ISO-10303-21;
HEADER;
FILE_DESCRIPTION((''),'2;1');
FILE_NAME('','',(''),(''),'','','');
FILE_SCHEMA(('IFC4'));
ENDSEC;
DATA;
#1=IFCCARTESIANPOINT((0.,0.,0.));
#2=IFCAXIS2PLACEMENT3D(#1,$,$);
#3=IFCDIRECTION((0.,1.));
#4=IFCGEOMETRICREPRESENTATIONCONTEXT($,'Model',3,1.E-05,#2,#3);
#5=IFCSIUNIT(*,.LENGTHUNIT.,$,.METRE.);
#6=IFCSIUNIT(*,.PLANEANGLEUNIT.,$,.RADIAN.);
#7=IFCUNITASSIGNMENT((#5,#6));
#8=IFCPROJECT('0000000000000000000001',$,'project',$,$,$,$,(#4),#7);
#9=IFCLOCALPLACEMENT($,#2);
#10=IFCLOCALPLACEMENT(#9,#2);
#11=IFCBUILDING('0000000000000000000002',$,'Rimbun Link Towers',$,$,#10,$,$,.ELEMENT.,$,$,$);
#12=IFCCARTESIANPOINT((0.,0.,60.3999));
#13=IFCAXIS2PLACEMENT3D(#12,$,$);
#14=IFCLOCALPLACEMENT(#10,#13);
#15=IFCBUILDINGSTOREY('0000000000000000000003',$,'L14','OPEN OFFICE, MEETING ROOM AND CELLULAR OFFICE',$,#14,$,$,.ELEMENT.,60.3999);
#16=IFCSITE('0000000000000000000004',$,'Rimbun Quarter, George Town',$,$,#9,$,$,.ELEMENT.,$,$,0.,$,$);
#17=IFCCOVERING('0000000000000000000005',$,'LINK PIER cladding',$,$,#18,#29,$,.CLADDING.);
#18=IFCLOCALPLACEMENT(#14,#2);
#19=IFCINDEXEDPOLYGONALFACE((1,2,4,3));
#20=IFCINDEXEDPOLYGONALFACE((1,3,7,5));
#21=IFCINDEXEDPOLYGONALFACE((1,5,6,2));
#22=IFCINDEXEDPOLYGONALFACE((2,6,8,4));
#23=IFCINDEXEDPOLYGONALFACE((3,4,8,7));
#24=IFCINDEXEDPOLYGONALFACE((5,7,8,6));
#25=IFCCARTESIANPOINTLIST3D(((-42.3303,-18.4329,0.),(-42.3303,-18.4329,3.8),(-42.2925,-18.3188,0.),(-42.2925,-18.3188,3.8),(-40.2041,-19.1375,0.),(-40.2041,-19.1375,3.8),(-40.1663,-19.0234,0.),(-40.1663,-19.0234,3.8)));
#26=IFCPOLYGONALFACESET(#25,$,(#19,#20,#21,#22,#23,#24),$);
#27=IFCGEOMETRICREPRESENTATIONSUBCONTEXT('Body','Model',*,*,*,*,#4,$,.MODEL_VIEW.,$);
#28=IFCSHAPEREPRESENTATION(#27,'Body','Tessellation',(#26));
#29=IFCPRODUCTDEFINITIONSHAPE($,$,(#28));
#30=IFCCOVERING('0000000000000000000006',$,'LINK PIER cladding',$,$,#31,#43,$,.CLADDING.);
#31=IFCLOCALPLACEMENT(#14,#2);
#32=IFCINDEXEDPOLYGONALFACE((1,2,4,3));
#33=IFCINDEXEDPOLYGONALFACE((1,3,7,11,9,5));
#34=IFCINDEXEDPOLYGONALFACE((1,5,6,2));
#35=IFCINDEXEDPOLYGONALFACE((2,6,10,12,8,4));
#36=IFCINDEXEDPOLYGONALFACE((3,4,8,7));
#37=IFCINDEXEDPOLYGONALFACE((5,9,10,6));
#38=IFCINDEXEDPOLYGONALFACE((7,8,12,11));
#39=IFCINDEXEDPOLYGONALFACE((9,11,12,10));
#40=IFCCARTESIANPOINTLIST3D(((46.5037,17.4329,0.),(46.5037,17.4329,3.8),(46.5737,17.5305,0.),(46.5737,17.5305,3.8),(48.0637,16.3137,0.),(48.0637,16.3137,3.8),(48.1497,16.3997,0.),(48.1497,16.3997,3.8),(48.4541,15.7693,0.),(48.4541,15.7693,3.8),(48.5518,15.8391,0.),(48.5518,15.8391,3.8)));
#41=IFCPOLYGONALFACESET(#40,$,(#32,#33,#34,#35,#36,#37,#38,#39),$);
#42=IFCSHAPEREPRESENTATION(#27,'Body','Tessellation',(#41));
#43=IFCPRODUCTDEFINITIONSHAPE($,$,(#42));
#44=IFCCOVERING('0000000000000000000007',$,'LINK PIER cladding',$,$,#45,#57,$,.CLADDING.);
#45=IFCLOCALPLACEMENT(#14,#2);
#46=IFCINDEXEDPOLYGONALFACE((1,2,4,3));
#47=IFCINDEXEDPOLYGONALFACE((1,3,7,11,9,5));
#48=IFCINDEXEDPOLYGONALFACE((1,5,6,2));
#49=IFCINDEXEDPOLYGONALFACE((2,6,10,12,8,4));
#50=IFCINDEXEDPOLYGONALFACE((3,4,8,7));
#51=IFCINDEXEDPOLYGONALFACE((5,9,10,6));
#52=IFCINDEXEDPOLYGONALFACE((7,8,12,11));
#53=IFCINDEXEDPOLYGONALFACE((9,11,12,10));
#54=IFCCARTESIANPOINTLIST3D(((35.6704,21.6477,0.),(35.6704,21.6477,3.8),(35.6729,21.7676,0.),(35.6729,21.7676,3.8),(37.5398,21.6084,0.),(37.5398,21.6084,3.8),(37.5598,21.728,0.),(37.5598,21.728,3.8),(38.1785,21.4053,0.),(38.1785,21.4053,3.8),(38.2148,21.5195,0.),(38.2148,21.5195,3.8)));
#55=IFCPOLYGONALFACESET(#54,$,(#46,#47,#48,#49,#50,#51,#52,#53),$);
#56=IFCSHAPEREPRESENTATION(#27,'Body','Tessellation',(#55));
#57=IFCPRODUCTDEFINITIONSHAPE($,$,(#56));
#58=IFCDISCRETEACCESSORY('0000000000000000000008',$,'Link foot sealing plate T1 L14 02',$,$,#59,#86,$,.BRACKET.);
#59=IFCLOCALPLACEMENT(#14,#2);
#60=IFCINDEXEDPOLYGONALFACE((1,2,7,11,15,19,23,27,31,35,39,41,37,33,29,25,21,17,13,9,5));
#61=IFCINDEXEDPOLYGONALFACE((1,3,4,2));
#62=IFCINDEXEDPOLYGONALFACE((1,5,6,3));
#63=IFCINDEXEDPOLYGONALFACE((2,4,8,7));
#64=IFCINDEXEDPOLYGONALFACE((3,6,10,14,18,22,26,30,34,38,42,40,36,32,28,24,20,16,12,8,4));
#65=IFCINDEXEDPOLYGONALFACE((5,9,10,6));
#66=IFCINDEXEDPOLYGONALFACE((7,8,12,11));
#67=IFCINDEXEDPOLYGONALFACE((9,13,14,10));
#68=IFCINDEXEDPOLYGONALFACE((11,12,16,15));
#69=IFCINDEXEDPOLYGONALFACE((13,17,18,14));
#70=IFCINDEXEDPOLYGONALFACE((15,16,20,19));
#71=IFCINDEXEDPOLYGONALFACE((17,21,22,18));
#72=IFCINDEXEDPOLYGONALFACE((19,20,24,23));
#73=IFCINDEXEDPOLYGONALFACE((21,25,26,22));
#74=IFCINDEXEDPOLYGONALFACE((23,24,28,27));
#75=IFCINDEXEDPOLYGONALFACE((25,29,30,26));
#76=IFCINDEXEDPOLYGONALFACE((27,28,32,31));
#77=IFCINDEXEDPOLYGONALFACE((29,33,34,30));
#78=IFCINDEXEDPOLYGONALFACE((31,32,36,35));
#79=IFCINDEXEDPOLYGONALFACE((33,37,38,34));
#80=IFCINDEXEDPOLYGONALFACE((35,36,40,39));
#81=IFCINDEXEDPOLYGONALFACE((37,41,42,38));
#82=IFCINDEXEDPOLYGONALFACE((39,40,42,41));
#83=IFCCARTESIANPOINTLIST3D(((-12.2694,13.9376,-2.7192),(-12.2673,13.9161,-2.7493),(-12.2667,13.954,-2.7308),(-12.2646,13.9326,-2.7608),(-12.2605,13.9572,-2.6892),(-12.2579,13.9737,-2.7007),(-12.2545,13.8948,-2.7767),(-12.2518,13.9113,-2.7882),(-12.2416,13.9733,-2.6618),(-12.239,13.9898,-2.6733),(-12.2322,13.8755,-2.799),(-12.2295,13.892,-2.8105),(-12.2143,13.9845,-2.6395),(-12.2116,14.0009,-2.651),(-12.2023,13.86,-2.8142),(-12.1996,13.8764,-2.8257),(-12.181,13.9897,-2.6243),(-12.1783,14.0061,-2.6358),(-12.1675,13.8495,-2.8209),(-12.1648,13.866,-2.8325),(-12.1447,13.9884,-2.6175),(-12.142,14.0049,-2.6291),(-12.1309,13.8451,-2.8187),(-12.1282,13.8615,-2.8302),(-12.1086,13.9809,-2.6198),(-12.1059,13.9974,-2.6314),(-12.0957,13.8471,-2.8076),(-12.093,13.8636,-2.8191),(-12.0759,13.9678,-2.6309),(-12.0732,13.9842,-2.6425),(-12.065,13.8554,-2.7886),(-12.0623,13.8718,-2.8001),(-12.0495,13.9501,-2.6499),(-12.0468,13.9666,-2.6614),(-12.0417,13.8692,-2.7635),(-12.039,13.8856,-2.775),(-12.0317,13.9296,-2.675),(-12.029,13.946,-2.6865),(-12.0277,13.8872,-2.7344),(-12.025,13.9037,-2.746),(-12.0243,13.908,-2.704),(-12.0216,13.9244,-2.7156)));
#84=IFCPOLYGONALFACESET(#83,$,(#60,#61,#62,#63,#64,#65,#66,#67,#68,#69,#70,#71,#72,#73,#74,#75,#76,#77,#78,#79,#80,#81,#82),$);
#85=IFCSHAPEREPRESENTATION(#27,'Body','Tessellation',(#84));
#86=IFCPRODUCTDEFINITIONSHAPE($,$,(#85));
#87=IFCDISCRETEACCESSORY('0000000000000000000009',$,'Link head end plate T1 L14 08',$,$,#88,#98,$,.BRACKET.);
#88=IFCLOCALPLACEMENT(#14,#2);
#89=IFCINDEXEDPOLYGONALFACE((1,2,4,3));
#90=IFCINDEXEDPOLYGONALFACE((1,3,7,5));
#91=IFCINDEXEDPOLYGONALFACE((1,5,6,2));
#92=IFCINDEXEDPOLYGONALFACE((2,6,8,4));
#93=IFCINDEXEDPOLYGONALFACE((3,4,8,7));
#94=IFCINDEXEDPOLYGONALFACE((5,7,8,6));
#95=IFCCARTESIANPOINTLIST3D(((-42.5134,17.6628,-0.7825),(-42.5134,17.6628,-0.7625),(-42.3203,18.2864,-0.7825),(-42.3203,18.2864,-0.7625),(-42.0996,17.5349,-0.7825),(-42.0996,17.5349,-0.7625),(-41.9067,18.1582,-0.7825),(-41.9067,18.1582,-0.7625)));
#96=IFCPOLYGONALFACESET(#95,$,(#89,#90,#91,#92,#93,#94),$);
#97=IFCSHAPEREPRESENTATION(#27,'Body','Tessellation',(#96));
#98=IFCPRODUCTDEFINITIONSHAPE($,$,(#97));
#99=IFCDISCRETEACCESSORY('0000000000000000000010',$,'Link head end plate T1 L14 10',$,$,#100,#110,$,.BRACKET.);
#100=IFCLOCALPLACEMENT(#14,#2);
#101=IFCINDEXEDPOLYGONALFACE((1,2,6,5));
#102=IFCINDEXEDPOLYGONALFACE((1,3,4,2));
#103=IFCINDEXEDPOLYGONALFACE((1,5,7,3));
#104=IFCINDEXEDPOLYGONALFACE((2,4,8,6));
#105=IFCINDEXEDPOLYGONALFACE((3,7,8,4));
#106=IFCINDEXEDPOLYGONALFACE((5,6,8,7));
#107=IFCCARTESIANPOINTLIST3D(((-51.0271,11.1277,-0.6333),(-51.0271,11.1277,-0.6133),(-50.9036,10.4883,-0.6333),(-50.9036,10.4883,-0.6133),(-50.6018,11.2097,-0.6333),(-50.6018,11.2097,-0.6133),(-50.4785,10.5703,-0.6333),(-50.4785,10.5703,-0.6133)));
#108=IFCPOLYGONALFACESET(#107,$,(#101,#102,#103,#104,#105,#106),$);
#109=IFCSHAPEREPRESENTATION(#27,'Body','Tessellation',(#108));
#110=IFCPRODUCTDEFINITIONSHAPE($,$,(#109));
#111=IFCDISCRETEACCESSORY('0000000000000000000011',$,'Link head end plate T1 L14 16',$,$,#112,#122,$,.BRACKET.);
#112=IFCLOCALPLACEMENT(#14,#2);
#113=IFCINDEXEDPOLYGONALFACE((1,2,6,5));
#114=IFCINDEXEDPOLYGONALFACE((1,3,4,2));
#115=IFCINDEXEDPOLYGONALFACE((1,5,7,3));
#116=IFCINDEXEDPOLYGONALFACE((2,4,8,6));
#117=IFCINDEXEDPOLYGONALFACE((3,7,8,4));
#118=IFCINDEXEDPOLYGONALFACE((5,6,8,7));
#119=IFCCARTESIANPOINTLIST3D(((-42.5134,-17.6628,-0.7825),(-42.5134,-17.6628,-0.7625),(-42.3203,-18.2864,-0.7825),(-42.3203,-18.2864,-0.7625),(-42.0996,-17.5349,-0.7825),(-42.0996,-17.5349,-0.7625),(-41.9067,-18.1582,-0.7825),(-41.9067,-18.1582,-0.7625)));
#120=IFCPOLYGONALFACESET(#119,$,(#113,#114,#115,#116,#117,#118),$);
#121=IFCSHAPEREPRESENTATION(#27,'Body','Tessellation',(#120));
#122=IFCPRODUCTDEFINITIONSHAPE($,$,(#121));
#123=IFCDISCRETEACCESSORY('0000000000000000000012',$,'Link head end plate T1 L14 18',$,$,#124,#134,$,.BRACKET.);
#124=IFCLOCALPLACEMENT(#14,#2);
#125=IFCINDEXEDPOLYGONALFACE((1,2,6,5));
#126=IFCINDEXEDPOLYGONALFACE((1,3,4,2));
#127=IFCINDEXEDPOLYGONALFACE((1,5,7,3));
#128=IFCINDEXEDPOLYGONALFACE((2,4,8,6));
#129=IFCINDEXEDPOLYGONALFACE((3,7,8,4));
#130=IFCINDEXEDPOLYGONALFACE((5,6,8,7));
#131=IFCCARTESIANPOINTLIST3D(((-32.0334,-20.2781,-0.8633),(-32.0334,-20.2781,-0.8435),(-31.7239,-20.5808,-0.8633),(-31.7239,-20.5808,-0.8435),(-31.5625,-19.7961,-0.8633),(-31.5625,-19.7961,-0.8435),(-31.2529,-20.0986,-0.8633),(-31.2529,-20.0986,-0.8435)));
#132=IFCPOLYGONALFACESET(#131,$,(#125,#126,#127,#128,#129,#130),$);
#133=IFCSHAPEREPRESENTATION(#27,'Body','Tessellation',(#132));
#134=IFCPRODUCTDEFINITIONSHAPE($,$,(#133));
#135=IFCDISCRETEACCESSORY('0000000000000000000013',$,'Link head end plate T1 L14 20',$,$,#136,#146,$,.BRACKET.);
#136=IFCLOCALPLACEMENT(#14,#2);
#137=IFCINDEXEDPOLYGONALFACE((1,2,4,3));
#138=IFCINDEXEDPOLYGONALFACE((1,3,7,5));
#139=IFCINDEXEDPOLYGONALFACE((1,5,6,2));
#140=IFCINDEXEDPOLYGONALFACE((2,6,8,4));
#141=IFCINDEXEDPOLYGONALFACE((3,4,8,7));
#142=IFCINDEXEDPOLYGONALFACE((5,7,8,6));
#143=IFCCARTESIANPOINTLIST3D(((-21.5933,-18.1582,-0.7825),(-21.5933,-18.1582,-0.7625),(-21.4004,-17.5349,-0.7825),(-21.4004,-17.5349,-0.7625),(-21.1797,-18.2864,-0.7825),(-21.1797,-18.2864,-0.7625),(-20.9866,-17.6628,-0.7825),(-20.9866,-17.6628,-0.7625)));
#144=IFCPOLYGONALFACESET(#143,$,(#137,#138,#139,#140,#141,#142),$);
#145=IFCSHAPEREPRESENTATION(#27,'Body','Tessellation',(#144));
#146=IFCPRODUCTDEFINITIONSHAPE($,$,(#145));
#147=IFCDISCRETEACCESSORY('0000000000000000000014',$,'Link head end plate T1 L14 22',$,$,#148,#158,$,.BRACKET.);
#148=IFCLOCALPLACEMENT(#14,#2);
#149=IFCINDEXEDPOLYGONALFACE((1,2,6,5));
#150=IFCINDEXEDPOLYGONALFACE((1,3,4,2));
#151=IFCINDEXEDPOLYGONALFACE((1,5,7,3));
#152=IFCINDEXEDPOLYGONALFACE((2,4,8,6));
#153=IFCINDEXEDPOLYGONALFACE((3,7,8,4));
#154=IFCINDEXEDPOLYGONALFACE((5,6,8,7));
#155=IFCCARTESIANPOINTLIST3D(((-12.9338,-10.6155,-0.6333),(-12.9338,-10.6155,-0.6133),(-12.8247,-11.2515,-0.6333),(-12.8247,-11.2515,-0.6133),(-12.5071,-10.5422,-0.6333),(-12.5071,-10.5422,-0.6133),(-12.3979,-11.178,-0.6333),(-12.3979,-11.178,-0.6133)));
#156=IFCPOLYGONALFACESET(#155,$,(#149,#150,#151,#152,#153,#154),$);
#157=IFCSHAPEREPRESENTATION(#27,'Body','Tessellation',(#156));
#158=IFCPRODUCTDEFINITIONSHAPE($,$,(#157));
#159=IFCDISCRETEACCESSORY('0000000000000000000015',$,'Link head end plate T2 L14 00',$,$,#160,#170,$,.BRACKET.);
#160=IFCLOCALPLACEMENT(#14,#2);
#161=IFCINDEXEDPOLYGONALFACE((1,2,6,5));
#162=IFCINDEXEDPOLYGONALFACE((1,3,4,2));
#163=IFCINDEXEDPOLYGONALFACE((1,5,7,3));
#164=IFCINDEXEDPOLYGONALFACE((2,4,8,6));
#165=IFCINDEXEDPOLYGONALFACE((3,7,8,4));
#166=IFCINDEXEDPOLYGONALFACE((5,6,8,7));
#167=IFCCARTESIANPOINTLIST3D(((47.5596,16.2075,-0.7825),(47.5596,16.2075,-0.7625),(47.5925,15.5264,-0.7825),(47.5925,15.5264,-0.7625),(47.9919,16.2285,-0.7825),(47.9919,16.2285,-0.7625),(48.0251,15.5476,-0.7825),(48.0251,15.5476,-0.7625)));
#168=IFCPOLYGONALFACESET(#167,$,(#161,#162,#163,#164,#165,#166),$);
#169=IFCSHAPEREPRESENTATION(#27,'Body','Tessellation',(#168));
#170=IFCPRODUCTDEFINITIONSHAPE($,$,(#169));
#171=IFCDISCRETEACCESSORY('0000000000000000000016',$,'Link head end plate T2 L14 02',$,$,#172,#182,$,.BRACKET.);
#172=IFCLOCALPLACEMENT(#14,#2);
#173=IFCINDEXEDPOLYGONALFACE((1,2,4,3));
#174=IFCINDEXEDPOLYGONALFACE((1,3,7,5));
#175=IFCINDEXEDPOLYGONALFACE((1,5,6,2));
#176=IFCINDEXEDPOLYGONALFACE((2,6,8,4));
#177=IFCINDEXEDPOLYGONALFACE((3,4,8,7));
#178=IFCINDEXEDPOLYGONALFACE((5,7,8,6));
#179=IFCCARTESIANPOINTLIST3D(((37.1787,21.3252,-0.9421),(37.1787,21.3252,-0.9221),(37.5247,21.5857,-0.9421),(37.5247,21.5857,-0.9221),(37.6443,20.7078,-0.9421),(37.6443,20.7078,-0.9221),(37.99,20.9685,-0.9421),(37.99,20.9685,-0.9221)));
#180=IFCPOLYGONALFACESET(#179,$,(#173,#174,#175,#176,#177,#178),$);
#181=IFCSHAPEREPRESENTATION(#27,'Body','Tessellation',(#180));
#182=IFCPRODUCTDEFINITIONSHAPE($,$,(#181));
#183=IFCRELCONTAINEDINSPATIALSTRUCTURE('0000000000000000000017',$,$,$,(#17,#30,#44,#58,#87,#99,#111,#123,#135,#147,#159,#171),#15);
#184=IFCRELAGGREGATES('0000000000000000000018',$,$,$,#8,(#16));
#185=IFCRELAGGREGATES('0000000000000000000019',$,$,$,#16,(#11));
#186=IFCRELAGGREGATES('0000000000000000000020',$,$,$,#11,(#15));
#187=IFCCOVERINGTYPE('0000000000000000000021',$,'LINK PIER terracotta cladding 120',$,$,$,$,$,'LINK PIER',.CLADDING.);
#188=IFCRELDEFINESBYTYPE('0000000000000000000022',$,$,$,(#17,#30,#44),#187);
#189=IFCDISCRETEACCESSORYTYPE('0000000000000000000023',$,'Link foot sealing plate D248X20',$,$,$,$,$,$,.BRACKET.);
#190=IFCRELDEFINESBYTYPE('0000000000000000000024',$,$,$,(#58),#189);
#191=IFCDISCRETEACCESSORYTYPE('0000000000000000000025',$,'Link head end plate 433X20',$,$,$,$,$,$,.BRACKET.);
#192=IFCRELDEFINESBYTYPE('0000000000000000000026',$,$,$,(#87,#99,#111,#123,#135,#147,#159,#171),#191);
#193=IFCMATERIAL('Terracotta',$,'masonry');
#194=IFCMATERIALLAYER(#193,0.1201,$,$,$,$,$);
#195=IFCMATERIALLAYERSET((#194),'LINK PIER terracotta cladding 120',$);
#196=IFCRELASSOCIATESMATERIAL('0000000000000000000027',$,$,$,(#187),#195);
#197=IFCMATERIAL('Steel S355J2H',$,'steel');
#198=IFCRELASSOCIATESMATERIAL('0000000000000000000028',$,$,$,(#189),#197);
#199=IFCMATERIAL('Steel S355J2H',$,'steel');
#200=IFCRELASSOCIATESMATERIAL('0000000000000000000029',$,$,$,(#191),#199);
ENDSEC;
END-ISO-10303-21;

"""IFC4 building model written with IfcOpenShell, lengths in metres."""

from ifc_helpers import new_model, si_unit, direction, frame, origin, origin_2d, place, context, subcontext, project, spatial, polyline, rectangle, circle, outline, extrude, material, layer, layer_set, material_profile, profile_set, type_object, element, save


model = new_model("IFC4")

# Units and contexts
model_context = context("Model", 3, precision=1e-05, world=origin(), true_north=direction((0.0, 1.0)))
body_context = subcontext(model_context, "Body", "Model", "MODEL_VIEW")
ifc_project = project(units=[si_unit("LENGTHUNIT", "METRE"), si_unit("PLANEANGLEUNIT", "RADIAN")], contexts=[model_context])

# Site, building, storey
site_placement = place(None, origin())
site = spatial("IfcSite", under=ifc_project, at=site_placement, Name="Rimbun Quarter, George Town", CompositionType="ELEMENT", RefElevation=0.0)
building_placement = place(site_placement, origin())
building = spatial("IfcBuilding", under=site, at=building_placement, Name="Rimbun Link Towers", CompositionType="ELEMENT")
storey_placement = place(building_placement, frame((0.0, 0.0, 60.3999)))
storey = spatial("IfcBuildingStorey", under=building, at=storey_placement, Name="L14", Description="OPEN OFFICE, MEETING ROOM AND CELLULAR OFFICE", CompositionType="ELEMENT", Elevation=60.3999)

# Coverings
ifc_material_1 = material(Name="Terracotta", Category="masonry")
ifc_layer_1 = layer(ifc_material_1, 0.1201)
ifc_layer_set_1 = layer_set([ifc_layer_1], Name="LINK PIER terracotta cladding 120")
covering_type_1 = type_object("IfcCoveringType", Name="LINK PIER terracotta cladding 120", ElementType="LINK PIER", PredefinedType="CLADDING", material=ifc_layer_set_1)
covering_1_placement = place(storey_placement, origin())
element("IfcCovering", 1, at=covering_1_placement, inside=storey, type_object=covering_type_1, Name="LINK PIER cladding", PredefinedType="CLADDING", context=body_context, shape_type="SweptSolid", body=[
    extrude(outline(polyline([(-40.1663, -19.0234), (-42.2925, -18.3188), (-42.3303, -18.4329), (-40.2041, -19.1375), (-40.1663, -19.0234)])), origin(), (0.0, 0.0, 1.0), 3.8),
])
covering_2_placement = place(storey_placement, origin())
element("IfcCovering", 2, at=covering_2_placement, inside=storey, type_object=covering_type_1, Name="LINK PIER cladding", PredefinedType="CLADDING", context=body_context, shape_type="SweptSolid", body=[
    extrude(outline(polyline([(46.5037, 17.4329), (48.0637, 16.3137), (48.4541, 15.7693), (48.5518, 15.8391), (48.1497, 16.3997), (46.5737, 17.5305), (46.5037, 17.4329)])), origin(), (0.0, 0.0, 1.0), 3.8),
])
covering_3_placement = place(storey_placement, origin())
element("IfcCovering", 3, at=covering_3_placement, inside=storey, type_object=covering_type_1, Name="LINK PIER cladding", PredefinedType="CLADDING", context=body_context, shape_type="SweptSolid", body=[
    extrude(outline(polyline([(35.6704, 21.6477), (37.5398, 21.6084), (38.1785, 21.4053), (38.2148, 21.5195), (37.5598, 21.728), (35.6729, 21.7676), (35.6704, 21.6477)])), origin(), (0.0, 0.0, 1.0), 3.8),
])

# Discrete accessories
ifc_material_2 = material(Name="Steel S355J2H", Category="steel")
ifc_material_profile_1 = material_profile(ifc_material_2, circle(Radius=0.124, at=origin_2d()), Name="PL D248")
ifc_profile_set_1 = profile_set([ifc_material_profile_1], Name="Steel S355J2H")
discrete_accessory_type_1 = type_object("IfcDiscreteAccessoryType", Name="Link foot sealing plate D248X20", PredefinedType="BRACKET", material=ifc_profile_set_1)
discrete_accessory_1_placement = place(storey_placement, frame((-12.147, 13.9175, -2.7192), z_axis=(0.133209, 0.811362, -0.569164), x_axis=(-0.986789, 0.16201, 0.0)))
element("IfcDiscreteAccessory", 4, at=discrete_accessory_1_placement, inside=storey, type_object=discrete_accessory_type_1, Name="Link foot sealing plate T1 L14 02", PredefinedType="BRACKET", context=body_context, shape_type="SweptSolid", body=[
    extrude(circle(Radius=0.124, at=origin_2d()), origin(), (0.0, 0.0, 1.0), 0.0203),
])
ifc_material_3 = material(Name="Steel S355J2H", Category="steel")
ifc_material_profile_2 = material_profile(ifc_material_3, rectangle(XDim=0.4331, YDim=0.4331, at=origin_2d()), Name="PL 433x433")
ifc_profile_set_2 = profile_set([ifc_material_profile_2], Name="Steel S355J2H")
discrete_accessory_type_2 = type_object("IfcDiscreteAccessoryType", Name="Link head end plate 433X20", PredefinedType="BRACKET", material=ifc_profile_set_2)
discrete_accessory_2_placement = place(storey_placement, frame((0.0, 0.0, -0.7825)))
element("IfcDiscreteAccessory", 5, at=discrete_accessory_2_placement, inside=storey, type_object=discrete_accessory_type_2, Name="Link head end plate T1 L14 08", PredefinedType="BRACKET", context=body_context, shape_type="SweptSolid", body=[
    extrude(outline(polyline([(-42.0996, 17.5349), (-41.9067, 18.1582), (-42.3203, 18.2864), (-42.5134, 17.6628), (-42.0996, 17.5349)])), origin(), (0.0, 0.0, 1.0), 0.02),
])
discrete_accessory_3_placement = place(storey_placement, frame((0.0, 0.0, -0.6333)))
element("IfcDiscreteAccessory", 6, at=discrete_accessory_3_placement, inside=storey, type_object=discrete_accessory_type_2, Name="Link head end plate T1 L14 10", PredefinedType="BRACKET", context=body_context, shape_type="SweptSolid", body=[
    extrude(outline(polyline([(-50.4785, 10.5703), (-50.6018, 11.2097), (-51.0271, 11.1277), (-50.9036, 10.4883), (-50.4785, 10.5703)])), origin(), (0.0, 0.0, 1.0), 0.02),
])
discrete_accessory_4_placement = place(storey_placement, frame((0.0, 0.0, -0.7825)))
element("IfcDiscreteAccessory", 7, at=discrete_accessory_4_placement, inside=storey, type_object=discrete_accessory_type_2, Name="Link head end plate T1 L14 16", PredefinedType="BRACKET", context=body_context, shape_type="SweptSolid", body=[
    extrude(outline(polyline([(-42.5134, -17.6628), (-42.3203, -18.2864), (-41.9067, -18.1582), (-42.0996, -17.5349), (-42.5134, -17.6628)])), origin(), (0.0, 0.0, 1.0), 0.02),
])
discrete_accessory_5_placement = place(storey_placement, frame((0.0, 0.0, -0.8633)))
element("IfcDiscreteAccessory", 8, at=discrete_accessory_5_placement, inside=storey, type_object=discrete_accessory_type_2, Name="Link head end plate T1 L14 18", PredefinedType="BRACKET", context=body_context, shape_type="SweptSolid", body=[
    extrude(outline(polyline([(-31.5625, -19.7961), (-32.0334, -20.2781), (-31.7239, -20.5808), (-31.2529, -20.0986), (-31.5625, -19.7961)])), origin(), (0.0, 0.0, 1.0), 0.0198),
])
discrete_accessory_6_placement = place(storey_placement, frame((0.0, 0.0, -0.7825)))
element("IfcDiscreteAccessory", 9, at=discrete_accessory_6_placement, inside=storey, type_object=discrete_accessory_type_2, Name="Link head end plate T1 L14 20", PredefinedType="BRACKET", context=body_context, shape_type="SweptSolid", body=[
    extrude(outline(polyline([(-21.4004, -17.5349), (-21.5933, -18.1582), (-21.1797, -18.2864), (-20.9866, -17.6628), (-21.4004, -17.5349)])), origin(), (0.0, 0.0, 1.0), 0.02),
])
discrete_accessory_7_placement = place(storey_placement, frame((0.0, 0.0, -0.6333)))
element("IfcDiscreteAccessory", 10, at=discrete_accessory_7_placement, inside=storey, type_object=discrete_accessory_type_2, Name="Link head end plate T1 L14 22", PredefinedType="BRACKET", context=body_context, shape_type="SweptSolid", body=[
    extrude(outline(polyline([(-12.9338, -10.6155), (-12.8247, -11.2515), (-12.3979, -11.178), (-12.5071, -10.5422), (-12.9338, -10.6155)])), origin(), (0.0, 0.0, 1.0), 0.02),
])
discrete_accessory_8_placement = place(storey_placement, frame((0.0, 0.0, -0.7825)))
element("IfcDiscreteAccessory", 11, at=discrete_accessory_8_placement, inside=storey, type_object=discrete_accessory_type_2, Name="Link head end plate T2 L14 00", PredefinedType="BRACKET", context=body_context, shape_type="SweptSolid", body=[
    extrude(outline(polyline([(48.0251, 15.5476), (47.9919, 16.2285), (47.5596, 16.2075), (47.5925, 15.5264), (48.0251, 15.5476)])), origin(), (0.0, 0.0, 1.0), 0.02),
])
discrete_accessory_9_placement = place(storey_placement, frame((0.0, 0.0, -0.9421)))
element("IfcDiscreteAccessory", 12, at=discrete_accessory_9_placement, inside=storey, type_object=discrete_accessory_type_2, Name="Link head end plate T2 L14 02", PredefinedType="BRACKET", context=body_context, shape_type="SweptSolid", body=[
    extrude(outline(polyline([(37.99, 20.9685), (37.5247, 21.5857), (37.1787, 21.3252), (37.6443, 20.7078), (37.99, 20.9685)])), origin(), (0.0, 0.0, 1.0), 0.02),
])

save(model, "model.ifc")
